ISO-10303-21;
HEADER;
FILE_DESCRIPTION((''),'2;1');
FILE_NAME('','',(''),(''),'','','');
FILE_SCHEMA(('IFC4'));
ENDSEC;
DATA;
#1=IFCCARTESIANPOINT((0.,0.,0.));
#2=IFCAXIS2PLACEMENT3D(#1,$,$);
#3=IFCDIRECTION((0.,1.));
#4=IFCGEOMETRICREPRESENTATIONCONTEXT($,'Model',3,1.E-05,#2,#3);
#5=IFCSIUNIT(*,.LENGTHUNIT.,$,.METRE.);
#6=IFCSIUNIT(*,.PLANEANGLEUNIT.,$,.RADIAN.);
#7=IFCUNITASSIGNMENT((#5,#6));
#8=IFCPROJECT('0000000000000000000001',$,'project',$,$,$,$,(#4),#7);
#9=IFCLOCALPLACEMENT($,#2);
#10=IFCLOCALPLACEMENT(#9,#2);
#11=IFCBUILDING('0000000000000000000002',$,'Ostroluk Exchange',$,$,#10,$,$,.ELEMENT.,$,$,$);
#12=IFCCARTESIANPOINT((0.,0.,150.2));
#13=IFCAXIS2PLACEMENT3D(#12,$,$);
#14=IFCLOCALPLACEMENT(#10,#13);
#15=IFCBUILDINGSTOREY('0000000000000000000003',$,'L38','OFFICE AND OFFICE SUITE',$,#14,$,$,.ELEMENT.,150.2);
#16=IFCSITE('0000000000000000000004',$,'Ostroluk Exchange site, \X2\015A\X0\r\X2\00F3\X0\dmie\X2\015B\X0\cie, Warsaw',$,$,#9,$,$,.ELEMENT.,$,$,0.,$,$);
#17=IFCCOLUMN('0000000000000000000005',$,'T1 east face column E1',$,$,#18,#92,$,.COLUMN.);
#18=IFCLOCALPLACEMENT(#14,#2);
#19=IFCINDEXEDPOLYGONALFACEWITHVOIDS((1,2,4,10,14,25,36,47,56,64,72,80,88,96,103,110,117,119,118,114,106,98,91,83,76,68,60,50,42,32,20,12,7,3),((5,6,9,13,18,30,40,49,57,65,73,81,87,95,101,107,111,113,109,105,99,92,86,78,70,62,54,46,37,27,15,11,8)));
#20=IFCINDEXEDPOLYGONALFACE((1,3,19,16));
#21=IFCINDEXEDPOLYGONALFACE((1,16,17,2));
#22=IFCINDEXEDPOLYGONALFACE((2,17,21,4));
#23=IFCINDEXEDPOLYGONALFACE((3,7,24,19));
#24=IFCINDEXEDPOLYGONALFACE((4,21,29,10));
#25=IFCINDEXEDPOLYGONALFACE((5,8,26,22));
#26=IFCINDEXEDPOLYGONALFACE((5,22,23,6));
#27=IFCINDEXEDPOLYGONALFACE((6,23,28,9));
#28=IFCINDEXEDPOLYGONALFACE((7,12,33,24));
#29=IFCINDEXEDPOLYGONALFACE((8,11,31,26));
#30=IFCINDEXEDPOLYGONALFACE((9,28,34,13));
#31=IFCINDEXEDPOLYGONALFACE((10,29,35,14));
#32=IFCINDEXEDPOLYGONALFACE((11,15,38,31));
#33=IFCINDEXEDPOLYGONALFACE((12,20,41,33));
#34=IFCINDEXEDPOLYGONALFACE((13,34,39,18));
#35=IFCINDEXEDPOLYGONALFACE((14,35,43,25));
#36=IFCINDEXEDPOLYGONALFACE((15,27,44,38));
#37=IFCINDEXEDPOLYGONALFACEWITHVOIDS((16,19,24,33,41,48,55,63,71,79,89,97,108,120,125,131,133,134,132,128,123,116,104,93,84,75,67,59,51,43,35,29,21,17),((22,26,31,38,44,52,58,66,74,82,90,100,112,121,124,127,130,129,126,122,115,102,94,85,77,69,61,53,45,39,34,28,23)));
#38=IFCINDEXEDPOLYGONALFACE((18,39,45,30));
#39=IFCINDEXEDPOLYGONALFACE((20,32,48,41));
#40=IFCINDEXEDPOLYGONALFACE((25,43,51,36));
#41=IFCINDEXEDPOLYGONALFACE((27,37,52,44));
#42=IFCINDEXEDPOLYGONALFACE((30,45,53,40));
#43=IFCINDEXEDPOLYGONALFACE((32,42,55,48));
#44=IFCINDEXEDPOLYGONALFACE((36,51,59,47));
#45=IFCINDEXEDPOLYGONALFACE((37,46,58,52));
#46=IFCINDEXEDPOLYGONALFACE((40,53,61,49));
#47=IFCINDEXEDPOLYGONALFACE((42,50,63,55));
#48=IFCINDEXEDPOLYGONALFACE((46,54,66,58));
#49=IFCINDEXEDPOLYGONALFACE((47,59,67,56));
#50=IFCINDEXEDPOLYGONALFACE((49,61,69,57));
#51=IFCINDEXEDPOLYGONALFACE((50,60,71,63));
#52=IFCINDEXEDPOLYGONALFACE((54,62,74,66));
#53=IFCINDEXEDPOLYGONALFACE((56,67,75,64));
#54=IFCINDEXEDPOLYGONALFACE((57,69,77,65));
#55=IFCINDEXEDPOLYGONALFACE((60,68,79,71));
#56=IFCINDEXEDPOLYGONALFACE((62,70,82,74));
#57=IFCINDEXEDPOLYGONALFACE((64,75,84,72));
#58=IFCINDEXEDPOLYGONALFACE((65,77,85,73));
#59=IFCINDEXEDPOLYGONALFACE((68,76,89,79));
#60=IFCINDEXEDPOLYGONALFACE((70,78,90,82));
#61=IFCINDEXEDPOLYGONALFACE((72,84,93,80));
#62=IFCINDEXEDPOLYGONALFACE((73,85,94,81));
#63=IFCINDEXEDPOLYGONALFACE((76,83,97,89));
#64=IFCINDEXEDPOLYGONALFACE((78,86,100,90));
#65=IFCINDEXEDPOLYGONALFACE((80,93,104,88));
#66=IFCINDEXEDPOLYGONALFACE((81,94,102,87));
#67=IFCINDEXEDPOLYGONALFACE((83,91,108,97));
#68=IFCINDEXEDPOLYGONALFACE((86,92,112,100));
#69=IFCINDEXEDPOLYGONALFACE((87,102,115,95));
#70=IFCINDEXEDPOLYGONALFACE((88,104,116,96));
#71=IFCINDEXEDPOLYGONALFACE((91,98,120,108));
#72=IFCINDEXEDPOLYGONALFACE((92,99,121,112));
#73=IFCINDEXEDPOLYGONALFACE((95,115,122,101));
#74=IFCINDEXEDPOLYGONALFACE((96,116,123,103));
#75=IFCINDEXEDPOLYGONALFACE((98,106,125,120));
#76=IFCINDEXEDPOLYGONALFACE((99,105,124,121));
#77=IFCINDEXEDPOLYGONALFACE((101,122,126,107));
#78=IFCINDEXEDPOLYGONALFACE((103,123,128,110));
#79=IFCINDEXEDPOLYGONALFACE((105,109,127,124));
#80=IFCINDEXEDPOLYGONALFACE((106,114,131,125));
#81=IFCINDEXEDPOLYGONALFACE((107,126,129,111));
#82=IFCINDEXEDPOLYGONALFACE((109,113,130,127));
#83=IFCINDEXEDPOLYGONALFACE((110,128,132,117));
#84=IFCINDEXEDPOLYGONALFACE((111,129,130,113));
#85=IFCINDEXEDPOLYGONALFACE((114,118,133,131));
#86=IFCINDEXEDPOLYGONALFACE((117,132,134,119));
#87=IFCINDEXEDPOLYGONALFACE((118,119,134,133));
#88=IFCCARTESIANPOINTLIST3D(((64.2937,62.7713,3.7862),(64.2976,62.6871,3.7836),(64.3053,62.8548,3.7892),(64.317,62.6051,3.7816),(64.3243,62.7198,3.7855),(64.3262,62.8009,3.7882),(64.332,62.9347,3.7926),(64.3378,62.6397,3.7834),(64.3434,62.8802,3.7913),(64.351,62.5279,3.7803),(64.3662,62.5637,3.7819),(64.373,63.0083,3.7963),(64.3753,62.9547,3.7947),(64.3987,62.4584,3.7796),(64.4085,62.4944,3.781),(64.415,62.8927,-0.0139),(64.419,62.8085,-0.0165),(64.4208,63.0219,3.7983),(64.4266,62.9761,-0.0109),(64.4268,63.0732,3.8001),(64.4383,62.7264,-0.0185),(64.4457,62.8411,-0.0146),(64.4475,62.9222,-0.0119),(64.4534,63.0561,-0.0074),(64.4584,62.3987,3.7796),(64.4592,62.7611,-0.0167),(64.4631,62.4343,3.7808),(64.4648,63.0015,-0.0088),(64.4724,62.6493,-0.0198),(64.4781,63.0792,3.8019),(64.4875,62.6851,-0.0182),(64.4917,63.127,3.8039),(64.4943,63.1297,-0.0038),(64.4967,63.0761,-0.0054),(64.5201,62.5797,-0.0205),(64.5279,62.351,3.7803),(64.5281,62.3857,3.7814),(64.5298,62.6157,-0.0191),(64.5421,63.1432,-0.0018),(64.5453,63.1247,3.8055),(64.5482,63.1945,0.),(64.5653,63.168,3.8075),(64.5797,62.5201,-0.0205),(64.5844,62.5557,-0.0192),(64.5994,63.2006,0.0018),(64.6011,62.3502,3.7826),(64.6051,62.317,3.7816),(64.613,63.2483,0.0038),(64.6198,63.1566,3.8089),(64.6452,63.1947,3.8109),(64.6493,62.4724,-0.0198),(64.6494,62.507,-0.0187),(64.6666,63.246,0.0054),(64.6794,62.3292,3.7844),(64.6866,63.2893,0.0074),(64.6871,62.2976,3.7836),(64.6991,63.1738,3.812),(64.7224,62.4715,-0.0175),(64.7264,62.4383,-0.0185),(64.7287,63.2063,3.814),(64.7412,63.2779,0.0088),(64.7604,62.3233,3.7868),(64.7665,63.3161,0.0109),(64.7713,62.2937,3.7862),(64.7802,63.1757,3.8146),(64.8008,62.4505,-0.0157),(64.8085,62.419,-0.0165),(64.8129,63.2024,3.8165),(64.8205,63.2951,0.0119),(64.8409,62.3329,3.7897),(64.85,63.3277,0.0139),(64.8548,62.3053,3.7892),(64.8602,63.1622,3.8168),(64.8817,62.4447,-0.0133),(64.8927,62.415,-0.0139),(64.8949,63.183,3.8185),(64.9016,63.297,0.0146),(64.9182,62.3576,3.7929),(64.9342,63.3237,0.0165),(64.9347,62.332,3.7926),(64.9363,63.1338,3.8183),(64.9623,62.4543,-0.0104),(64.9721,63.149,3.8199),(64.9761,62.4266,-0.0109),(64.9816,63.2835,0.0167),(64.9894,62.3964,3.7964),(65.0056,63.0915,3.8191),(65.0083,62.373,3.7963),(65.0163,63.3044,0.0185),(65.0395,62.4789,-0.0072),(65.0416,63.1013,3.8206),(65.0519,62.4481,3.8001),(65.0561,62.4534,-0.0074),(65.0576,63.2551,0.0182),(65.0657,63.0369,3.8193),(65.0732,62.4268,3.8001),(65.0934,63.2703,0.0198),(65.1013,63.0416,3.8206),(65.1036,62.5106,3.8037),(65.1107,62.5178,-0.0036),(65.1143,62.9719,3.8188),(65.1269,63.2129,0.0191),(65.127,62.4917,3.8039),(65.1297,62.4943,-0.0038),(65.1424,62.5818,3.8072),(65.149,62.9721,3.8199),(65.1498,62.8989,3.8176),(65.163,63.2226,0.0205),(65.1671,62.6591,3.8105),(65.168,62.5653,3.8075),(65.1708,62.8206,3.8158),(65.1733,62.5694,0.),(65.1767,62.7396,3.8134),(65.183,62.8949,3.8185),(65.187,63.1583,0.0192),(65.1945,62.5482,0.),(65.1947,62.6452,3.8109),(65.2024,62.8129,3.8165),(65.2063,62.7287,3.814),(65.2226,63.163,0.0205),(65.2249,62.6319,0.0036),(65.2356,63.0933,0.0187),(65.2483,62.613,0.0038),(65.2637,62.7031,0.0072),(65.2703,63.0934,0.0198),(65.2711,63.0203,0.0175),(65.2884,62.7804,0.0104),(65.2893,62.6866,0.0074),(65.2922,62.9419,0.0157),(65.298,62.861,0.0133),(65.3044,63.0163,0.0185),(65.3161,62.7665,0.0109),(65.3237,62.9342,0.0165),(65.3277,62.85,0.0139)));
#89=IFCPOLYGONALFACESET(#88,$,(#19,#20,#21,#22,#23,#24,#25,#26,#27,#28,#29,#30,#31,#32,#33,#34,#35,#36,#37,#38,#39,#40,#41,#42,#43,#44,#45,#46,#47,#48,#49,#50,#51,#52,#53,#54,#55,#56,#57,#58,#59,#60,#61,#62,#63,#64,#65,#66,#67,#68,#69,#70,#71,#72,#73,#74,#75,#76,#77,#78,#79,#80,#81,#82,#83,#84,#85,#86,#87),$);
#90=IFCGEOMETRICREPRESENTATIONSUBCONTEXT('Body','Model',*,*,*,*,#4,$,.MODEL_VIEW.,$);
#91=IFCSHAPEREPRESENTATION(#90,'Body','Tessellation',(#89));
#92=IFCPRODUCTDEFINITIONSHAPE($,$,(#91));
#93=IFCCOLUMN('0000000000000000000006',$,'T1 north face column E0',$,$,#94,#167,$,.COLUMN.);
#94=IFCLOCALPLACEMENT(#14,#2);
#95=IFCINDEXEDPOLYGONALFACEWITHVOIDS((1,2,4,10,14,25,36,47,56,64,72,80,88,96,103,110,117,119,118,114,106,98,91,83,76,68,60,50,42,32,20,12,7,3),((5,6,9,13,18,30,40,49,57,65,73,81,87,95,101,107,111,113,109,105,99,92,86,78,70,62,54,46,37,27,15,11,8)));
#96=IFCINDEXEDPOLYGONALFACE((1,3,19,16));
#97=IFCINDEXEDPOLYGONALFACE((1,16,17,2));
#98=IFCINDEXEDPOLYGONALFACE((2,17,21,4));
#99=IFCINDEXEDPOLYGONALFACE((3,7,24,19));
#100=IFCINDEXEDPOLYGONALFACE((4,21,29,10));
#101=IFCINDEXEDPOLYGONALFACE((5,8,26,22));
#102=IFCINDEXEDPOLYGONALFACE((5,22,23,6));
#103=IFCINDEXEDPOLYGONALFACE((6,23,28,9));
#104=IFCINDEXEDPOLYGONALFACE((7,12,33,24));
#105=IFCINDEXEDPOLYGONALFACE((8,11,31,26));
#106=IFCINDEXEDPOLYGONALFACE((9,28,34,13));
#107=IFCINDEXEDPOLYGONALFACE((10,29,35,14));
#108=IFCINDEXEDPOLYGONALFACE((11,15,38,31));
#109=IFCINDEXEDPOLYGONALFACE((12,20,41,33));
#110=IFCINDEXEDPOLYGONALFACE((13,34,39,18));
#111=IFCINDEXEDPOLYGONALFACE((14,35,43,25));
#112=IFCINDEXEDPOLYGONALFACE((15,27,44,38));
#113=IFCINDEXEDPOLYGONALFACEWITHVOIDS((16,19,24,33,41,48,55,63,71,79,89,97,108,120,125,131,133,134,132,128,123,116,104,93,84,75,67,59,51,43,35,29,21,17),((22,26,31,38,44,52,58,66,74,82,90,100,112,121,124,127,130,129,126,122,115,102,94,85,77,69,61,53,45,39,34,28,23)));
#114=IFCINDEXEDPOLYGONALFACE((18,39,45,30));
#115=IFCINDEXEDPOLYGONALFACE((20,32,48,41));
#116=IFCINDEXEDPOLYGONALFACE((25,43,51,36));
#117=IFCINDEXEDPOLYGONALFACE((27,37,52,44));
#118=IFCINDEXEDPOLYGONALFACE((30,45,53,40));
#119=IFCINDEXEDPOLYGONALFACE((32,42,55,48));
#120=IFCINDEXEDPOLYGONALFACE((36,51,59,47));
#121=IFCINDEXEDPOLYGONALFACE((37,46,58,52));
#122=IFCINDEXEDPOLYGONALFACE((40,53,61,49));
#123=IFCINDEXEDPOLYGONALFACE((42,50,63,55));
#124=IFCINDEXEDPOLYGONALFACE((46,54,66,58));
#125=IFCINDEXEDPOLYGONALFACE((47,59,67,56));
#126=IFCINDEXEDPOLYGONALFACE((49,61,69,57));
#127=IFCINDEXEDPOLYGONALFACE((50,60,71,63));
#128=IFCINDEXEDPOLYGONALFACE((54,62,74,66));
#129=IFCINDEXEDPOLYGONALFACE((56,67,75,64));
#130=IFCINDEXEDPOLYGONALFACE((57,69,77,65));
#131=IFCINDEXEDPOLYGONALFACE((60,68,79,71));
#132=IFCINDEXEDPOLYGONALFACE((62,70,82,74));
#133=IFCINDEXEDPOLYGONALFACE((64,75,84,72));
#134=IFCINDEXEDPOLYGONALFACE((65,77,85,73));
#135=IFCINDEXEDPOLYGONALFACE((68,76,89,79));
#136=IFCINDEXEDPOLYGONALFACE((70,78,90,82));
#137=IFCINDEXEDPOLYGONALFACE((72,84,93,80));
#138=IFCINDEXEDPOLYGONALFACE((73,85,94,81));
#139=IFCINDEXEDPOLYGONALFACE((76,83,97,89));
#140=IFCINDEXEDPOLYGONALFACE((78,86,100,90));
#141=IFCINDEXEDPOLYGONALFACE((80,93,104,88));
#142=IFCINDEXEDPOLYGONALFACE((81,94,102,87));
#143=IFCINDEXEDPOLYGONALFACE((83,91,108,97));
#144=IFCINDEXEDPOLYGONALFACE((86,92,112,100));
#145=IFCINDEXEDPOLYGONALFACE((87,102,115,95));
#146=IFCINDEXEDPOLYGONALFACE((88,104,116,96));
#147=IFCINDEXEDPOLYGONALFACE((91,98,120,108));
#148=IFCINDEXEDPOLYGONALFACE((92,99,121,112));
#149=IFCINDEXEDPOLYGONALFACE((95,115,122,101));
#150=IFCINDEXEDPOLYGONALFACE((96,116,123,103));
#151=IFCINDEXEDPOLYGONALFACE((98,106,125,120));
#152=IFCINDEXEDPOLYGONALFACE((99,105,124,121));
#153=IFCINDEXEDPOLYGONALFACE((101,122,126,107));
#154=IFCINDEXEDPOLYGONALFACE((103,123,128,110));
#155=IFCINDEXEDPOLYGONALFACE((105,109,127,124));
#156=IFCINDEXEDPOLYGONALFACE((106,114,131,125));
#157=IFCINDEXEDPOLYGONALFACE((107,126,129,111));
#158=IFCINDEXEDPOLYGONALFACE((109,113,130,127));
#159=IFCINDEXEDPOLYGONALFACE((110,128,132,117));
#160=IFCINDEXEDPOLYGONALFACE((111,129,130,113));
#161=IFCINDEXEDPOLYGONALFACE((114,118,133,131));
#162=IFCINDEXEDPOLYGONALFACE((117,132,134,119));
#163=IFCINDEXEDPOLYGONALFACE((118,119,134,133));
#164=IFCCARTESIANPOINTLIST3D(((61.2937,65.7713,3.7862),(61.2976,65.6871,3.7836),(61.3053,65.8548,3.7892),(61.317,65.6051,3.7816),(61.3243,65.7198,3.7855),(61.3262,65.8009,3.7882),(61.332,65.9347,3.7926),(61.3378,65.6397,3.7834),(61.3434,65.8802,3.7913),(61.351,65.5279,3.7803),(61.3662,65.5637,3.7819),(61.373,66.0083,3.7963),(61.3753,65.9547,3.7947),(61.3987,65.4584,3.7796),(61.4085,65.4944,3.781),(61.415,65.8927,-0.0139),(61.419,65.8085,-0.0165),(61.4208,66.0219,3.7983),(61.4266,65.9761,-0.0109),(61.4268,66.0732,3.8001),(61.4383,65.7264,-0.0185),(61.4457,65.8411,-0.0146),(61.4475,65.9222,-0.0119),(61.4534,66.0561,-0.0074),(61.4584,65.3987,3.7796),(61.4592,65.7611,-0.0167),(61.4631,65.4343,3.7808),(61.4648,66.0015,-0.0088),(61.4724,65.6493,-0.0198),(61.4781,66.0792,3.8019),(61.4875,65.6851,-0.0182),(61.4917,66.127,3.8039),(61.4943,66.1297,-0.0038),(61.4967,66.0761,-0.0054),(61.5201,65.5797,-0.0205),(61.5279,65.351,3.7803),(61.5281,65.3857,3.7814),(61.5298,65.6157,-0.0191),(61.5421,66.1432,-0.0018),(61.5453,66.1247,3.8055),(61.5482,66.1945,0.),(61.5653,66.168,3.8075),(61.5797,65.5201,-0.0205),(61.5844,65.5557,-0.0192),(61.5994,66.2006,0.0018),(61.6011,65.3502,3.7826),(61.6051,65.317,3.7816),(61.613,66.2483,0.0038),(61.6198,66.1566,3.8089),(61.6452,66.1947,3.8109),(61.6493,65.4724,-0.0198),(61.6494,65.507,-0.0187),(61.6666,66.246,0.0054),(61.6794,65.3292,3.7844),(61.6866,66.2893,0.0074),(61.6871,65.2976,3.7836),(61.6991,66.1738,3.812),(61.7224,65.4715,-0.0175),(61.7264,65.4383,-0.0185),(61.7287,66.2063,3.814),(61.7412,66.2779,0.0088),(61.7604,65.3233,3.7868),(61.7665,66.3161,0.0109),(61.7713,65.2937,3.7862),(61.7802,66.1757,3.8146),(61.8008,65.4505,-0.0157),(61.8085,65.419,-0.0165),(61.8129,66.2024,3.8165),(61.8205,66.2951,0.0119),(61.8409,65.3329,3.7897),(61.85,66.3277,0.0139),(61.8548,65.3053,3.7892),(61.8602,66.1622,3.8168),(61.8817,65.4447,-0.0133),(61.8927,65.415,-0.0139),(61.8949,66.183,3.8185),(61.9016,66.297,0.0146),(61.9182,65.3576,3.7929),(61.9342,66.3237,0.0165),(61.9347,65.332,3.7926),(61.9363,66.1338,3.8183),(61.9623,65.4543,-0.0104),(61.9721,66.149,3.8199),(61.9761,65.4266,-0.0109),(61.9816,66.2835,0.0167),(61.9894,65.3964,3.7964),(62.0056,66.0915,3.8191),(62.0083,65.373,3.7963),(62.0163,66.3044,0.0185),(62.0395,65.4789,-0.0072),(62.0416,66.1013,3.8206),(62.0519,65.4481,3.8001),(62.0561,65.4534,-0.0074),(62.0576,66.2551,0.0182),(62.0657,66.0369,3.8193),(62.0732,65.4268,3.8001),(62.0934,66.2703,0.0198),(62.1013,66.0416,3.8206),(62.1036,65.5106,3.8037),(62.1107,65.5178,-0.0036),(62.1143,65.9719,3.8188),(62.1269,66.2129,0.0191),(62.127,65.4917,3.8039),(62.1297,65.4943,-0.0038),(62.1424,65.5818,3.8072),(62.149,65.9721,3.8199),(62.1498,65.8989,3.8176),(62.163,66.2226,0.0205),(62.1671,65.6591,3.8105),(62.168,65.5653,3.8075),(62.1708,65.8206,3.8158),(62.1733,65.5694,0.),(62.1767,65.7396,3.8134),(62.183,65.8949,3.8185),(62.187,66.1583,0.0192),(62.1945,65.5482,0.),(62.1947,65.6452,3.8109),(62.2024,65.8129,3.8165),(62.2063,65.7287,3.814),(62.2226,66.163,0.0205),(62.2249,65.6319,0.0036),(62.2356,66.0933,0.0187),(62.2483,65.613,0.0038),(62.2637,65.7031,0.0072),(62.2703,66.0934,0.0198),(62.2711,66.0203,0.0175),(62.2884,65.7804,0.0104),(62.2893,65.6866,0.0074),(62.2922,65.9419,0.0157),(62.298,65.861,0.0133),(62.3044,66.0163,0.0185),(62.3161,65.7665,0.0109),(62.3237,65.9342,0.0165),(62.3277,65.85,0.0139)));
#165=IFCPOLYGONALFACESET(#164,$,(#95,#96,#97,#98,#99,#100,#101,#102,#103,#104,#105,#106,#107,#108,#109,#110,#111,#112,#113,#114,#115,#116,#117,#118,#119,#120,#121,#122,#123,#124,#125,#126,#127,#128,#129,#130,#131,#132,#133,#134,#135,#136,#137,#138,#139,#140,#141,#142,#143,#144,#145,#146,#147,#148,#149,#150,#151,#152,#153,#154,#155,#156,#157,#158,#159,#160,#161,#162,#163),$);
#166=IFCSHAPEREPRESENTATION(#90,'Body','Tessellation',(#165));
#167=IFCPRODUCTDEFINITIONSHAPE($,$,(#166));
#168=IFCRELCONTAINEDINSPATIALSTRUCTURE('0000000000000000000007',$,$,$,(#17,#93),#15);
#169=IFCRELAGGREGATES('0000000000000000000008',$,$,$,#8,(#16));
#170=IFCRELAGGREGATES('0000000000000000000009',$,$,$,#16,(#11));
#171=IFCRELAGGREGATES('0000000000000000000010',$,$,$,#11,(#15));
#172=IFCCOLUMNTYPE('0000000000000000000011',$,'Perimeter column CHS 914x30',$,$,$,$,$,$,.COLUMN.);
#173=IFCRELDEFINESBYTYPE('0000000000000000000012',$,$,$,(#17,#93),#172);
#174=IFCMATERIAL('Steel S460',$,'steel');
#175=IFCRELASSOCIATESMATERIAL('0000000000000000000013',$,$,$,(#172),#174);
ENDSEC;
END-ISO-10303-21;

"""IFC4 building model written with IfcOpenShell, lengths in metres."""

from ifc_helpers import new_model, si_unit, direction, frame, origin, origin_2d, place, context, subcontext, project, spatial, hollow_circle, extrude, material, material_profile, profile_set, type_object, element, save


model = new_model("IFC4")

# Units and contexts
model_context = context("Model", 3, precision=1e-05, world=origin(), true_north=direction((0.0, 1.0)))
body_context = subcontext(model_context, "Body", "Model", "MODEL_VIEW")
ifc_project = project(units=[si_unit("LENGTHUNIT", "METRE"), si_unit("PLANEANGLEUNIT", "RADIAN")], contexts=[model_context])

# Site, building, storey
site_placement = place(None, origin())
site = spatial("IfcSite", under=ifc_project, at=site_placement, Name="Ostroluk Exchange site, Śródmieście, Warsaw", CompositionType="ELEMENT", RefElevation=0.0)
building_placement = place(site_placement, origin())
building = spatial("IfcBuilding", under=site, at=building_placement, Name="Ostroluk Exchange", CompositionType="ELEMENT")
storey_placement = place(building_placement, frame((0.0, 0.0, 150.2)))
storey = spatial("IfcBuildingStorey", under=building, at=storey_placement, Name="L38", Description="OFFICE AND OFFICE SUITE", CompositionType="ELEMENT", Elevation=150.2)

# Columns
ifc_material_1 = material(Name="Steel S460", Category="steel")
ifc_material_profile_1 = material_profile(ifc_material_1, hollow_circle(Radius=0.457, WallThickness=0.03, at=origin_2d()), Name="CHS 914x30")
ifc_profile_set_1 = profile_set([ifc_material_profile_1], Name="Steel S460")
column_type = type_object("IfcColumnType", Name="Perimeter column CHS 914x30", PredefinedType="COLUMN", material=ifc_profile_set_1)
for number, where, z_axis, x_axis, name in (
    (1, (64.8713, 62.8713, 0.0), (-0.031898, -0.031898, 0.998982), (0.707107, -0.707107, 0.0), "T1 east face column E1"),
    (2, (61.8713, 65.8713, 0.0), (-0.031898, -0.031898, 0.998982), (0.707107, -0.707107, 0.0), "T1 north face column E0"),
):
    element("IfcColumn", number, at=place(storey_placement, frame(where, z_axis=z_axis, x_axis=x_axis)), inside=storey, type_object=column_type, Name=name, PredefinedType="COLUMN", context=body_context, shape_type="SweptSolid", body=[
        extrude(hollow_circle(Radius=0.457, WallThickness=0.03, at=origin_2d()), origin(), (0.0, 0.0, 1.0), 3.804),
    ])

save(model, "model.ifc")
